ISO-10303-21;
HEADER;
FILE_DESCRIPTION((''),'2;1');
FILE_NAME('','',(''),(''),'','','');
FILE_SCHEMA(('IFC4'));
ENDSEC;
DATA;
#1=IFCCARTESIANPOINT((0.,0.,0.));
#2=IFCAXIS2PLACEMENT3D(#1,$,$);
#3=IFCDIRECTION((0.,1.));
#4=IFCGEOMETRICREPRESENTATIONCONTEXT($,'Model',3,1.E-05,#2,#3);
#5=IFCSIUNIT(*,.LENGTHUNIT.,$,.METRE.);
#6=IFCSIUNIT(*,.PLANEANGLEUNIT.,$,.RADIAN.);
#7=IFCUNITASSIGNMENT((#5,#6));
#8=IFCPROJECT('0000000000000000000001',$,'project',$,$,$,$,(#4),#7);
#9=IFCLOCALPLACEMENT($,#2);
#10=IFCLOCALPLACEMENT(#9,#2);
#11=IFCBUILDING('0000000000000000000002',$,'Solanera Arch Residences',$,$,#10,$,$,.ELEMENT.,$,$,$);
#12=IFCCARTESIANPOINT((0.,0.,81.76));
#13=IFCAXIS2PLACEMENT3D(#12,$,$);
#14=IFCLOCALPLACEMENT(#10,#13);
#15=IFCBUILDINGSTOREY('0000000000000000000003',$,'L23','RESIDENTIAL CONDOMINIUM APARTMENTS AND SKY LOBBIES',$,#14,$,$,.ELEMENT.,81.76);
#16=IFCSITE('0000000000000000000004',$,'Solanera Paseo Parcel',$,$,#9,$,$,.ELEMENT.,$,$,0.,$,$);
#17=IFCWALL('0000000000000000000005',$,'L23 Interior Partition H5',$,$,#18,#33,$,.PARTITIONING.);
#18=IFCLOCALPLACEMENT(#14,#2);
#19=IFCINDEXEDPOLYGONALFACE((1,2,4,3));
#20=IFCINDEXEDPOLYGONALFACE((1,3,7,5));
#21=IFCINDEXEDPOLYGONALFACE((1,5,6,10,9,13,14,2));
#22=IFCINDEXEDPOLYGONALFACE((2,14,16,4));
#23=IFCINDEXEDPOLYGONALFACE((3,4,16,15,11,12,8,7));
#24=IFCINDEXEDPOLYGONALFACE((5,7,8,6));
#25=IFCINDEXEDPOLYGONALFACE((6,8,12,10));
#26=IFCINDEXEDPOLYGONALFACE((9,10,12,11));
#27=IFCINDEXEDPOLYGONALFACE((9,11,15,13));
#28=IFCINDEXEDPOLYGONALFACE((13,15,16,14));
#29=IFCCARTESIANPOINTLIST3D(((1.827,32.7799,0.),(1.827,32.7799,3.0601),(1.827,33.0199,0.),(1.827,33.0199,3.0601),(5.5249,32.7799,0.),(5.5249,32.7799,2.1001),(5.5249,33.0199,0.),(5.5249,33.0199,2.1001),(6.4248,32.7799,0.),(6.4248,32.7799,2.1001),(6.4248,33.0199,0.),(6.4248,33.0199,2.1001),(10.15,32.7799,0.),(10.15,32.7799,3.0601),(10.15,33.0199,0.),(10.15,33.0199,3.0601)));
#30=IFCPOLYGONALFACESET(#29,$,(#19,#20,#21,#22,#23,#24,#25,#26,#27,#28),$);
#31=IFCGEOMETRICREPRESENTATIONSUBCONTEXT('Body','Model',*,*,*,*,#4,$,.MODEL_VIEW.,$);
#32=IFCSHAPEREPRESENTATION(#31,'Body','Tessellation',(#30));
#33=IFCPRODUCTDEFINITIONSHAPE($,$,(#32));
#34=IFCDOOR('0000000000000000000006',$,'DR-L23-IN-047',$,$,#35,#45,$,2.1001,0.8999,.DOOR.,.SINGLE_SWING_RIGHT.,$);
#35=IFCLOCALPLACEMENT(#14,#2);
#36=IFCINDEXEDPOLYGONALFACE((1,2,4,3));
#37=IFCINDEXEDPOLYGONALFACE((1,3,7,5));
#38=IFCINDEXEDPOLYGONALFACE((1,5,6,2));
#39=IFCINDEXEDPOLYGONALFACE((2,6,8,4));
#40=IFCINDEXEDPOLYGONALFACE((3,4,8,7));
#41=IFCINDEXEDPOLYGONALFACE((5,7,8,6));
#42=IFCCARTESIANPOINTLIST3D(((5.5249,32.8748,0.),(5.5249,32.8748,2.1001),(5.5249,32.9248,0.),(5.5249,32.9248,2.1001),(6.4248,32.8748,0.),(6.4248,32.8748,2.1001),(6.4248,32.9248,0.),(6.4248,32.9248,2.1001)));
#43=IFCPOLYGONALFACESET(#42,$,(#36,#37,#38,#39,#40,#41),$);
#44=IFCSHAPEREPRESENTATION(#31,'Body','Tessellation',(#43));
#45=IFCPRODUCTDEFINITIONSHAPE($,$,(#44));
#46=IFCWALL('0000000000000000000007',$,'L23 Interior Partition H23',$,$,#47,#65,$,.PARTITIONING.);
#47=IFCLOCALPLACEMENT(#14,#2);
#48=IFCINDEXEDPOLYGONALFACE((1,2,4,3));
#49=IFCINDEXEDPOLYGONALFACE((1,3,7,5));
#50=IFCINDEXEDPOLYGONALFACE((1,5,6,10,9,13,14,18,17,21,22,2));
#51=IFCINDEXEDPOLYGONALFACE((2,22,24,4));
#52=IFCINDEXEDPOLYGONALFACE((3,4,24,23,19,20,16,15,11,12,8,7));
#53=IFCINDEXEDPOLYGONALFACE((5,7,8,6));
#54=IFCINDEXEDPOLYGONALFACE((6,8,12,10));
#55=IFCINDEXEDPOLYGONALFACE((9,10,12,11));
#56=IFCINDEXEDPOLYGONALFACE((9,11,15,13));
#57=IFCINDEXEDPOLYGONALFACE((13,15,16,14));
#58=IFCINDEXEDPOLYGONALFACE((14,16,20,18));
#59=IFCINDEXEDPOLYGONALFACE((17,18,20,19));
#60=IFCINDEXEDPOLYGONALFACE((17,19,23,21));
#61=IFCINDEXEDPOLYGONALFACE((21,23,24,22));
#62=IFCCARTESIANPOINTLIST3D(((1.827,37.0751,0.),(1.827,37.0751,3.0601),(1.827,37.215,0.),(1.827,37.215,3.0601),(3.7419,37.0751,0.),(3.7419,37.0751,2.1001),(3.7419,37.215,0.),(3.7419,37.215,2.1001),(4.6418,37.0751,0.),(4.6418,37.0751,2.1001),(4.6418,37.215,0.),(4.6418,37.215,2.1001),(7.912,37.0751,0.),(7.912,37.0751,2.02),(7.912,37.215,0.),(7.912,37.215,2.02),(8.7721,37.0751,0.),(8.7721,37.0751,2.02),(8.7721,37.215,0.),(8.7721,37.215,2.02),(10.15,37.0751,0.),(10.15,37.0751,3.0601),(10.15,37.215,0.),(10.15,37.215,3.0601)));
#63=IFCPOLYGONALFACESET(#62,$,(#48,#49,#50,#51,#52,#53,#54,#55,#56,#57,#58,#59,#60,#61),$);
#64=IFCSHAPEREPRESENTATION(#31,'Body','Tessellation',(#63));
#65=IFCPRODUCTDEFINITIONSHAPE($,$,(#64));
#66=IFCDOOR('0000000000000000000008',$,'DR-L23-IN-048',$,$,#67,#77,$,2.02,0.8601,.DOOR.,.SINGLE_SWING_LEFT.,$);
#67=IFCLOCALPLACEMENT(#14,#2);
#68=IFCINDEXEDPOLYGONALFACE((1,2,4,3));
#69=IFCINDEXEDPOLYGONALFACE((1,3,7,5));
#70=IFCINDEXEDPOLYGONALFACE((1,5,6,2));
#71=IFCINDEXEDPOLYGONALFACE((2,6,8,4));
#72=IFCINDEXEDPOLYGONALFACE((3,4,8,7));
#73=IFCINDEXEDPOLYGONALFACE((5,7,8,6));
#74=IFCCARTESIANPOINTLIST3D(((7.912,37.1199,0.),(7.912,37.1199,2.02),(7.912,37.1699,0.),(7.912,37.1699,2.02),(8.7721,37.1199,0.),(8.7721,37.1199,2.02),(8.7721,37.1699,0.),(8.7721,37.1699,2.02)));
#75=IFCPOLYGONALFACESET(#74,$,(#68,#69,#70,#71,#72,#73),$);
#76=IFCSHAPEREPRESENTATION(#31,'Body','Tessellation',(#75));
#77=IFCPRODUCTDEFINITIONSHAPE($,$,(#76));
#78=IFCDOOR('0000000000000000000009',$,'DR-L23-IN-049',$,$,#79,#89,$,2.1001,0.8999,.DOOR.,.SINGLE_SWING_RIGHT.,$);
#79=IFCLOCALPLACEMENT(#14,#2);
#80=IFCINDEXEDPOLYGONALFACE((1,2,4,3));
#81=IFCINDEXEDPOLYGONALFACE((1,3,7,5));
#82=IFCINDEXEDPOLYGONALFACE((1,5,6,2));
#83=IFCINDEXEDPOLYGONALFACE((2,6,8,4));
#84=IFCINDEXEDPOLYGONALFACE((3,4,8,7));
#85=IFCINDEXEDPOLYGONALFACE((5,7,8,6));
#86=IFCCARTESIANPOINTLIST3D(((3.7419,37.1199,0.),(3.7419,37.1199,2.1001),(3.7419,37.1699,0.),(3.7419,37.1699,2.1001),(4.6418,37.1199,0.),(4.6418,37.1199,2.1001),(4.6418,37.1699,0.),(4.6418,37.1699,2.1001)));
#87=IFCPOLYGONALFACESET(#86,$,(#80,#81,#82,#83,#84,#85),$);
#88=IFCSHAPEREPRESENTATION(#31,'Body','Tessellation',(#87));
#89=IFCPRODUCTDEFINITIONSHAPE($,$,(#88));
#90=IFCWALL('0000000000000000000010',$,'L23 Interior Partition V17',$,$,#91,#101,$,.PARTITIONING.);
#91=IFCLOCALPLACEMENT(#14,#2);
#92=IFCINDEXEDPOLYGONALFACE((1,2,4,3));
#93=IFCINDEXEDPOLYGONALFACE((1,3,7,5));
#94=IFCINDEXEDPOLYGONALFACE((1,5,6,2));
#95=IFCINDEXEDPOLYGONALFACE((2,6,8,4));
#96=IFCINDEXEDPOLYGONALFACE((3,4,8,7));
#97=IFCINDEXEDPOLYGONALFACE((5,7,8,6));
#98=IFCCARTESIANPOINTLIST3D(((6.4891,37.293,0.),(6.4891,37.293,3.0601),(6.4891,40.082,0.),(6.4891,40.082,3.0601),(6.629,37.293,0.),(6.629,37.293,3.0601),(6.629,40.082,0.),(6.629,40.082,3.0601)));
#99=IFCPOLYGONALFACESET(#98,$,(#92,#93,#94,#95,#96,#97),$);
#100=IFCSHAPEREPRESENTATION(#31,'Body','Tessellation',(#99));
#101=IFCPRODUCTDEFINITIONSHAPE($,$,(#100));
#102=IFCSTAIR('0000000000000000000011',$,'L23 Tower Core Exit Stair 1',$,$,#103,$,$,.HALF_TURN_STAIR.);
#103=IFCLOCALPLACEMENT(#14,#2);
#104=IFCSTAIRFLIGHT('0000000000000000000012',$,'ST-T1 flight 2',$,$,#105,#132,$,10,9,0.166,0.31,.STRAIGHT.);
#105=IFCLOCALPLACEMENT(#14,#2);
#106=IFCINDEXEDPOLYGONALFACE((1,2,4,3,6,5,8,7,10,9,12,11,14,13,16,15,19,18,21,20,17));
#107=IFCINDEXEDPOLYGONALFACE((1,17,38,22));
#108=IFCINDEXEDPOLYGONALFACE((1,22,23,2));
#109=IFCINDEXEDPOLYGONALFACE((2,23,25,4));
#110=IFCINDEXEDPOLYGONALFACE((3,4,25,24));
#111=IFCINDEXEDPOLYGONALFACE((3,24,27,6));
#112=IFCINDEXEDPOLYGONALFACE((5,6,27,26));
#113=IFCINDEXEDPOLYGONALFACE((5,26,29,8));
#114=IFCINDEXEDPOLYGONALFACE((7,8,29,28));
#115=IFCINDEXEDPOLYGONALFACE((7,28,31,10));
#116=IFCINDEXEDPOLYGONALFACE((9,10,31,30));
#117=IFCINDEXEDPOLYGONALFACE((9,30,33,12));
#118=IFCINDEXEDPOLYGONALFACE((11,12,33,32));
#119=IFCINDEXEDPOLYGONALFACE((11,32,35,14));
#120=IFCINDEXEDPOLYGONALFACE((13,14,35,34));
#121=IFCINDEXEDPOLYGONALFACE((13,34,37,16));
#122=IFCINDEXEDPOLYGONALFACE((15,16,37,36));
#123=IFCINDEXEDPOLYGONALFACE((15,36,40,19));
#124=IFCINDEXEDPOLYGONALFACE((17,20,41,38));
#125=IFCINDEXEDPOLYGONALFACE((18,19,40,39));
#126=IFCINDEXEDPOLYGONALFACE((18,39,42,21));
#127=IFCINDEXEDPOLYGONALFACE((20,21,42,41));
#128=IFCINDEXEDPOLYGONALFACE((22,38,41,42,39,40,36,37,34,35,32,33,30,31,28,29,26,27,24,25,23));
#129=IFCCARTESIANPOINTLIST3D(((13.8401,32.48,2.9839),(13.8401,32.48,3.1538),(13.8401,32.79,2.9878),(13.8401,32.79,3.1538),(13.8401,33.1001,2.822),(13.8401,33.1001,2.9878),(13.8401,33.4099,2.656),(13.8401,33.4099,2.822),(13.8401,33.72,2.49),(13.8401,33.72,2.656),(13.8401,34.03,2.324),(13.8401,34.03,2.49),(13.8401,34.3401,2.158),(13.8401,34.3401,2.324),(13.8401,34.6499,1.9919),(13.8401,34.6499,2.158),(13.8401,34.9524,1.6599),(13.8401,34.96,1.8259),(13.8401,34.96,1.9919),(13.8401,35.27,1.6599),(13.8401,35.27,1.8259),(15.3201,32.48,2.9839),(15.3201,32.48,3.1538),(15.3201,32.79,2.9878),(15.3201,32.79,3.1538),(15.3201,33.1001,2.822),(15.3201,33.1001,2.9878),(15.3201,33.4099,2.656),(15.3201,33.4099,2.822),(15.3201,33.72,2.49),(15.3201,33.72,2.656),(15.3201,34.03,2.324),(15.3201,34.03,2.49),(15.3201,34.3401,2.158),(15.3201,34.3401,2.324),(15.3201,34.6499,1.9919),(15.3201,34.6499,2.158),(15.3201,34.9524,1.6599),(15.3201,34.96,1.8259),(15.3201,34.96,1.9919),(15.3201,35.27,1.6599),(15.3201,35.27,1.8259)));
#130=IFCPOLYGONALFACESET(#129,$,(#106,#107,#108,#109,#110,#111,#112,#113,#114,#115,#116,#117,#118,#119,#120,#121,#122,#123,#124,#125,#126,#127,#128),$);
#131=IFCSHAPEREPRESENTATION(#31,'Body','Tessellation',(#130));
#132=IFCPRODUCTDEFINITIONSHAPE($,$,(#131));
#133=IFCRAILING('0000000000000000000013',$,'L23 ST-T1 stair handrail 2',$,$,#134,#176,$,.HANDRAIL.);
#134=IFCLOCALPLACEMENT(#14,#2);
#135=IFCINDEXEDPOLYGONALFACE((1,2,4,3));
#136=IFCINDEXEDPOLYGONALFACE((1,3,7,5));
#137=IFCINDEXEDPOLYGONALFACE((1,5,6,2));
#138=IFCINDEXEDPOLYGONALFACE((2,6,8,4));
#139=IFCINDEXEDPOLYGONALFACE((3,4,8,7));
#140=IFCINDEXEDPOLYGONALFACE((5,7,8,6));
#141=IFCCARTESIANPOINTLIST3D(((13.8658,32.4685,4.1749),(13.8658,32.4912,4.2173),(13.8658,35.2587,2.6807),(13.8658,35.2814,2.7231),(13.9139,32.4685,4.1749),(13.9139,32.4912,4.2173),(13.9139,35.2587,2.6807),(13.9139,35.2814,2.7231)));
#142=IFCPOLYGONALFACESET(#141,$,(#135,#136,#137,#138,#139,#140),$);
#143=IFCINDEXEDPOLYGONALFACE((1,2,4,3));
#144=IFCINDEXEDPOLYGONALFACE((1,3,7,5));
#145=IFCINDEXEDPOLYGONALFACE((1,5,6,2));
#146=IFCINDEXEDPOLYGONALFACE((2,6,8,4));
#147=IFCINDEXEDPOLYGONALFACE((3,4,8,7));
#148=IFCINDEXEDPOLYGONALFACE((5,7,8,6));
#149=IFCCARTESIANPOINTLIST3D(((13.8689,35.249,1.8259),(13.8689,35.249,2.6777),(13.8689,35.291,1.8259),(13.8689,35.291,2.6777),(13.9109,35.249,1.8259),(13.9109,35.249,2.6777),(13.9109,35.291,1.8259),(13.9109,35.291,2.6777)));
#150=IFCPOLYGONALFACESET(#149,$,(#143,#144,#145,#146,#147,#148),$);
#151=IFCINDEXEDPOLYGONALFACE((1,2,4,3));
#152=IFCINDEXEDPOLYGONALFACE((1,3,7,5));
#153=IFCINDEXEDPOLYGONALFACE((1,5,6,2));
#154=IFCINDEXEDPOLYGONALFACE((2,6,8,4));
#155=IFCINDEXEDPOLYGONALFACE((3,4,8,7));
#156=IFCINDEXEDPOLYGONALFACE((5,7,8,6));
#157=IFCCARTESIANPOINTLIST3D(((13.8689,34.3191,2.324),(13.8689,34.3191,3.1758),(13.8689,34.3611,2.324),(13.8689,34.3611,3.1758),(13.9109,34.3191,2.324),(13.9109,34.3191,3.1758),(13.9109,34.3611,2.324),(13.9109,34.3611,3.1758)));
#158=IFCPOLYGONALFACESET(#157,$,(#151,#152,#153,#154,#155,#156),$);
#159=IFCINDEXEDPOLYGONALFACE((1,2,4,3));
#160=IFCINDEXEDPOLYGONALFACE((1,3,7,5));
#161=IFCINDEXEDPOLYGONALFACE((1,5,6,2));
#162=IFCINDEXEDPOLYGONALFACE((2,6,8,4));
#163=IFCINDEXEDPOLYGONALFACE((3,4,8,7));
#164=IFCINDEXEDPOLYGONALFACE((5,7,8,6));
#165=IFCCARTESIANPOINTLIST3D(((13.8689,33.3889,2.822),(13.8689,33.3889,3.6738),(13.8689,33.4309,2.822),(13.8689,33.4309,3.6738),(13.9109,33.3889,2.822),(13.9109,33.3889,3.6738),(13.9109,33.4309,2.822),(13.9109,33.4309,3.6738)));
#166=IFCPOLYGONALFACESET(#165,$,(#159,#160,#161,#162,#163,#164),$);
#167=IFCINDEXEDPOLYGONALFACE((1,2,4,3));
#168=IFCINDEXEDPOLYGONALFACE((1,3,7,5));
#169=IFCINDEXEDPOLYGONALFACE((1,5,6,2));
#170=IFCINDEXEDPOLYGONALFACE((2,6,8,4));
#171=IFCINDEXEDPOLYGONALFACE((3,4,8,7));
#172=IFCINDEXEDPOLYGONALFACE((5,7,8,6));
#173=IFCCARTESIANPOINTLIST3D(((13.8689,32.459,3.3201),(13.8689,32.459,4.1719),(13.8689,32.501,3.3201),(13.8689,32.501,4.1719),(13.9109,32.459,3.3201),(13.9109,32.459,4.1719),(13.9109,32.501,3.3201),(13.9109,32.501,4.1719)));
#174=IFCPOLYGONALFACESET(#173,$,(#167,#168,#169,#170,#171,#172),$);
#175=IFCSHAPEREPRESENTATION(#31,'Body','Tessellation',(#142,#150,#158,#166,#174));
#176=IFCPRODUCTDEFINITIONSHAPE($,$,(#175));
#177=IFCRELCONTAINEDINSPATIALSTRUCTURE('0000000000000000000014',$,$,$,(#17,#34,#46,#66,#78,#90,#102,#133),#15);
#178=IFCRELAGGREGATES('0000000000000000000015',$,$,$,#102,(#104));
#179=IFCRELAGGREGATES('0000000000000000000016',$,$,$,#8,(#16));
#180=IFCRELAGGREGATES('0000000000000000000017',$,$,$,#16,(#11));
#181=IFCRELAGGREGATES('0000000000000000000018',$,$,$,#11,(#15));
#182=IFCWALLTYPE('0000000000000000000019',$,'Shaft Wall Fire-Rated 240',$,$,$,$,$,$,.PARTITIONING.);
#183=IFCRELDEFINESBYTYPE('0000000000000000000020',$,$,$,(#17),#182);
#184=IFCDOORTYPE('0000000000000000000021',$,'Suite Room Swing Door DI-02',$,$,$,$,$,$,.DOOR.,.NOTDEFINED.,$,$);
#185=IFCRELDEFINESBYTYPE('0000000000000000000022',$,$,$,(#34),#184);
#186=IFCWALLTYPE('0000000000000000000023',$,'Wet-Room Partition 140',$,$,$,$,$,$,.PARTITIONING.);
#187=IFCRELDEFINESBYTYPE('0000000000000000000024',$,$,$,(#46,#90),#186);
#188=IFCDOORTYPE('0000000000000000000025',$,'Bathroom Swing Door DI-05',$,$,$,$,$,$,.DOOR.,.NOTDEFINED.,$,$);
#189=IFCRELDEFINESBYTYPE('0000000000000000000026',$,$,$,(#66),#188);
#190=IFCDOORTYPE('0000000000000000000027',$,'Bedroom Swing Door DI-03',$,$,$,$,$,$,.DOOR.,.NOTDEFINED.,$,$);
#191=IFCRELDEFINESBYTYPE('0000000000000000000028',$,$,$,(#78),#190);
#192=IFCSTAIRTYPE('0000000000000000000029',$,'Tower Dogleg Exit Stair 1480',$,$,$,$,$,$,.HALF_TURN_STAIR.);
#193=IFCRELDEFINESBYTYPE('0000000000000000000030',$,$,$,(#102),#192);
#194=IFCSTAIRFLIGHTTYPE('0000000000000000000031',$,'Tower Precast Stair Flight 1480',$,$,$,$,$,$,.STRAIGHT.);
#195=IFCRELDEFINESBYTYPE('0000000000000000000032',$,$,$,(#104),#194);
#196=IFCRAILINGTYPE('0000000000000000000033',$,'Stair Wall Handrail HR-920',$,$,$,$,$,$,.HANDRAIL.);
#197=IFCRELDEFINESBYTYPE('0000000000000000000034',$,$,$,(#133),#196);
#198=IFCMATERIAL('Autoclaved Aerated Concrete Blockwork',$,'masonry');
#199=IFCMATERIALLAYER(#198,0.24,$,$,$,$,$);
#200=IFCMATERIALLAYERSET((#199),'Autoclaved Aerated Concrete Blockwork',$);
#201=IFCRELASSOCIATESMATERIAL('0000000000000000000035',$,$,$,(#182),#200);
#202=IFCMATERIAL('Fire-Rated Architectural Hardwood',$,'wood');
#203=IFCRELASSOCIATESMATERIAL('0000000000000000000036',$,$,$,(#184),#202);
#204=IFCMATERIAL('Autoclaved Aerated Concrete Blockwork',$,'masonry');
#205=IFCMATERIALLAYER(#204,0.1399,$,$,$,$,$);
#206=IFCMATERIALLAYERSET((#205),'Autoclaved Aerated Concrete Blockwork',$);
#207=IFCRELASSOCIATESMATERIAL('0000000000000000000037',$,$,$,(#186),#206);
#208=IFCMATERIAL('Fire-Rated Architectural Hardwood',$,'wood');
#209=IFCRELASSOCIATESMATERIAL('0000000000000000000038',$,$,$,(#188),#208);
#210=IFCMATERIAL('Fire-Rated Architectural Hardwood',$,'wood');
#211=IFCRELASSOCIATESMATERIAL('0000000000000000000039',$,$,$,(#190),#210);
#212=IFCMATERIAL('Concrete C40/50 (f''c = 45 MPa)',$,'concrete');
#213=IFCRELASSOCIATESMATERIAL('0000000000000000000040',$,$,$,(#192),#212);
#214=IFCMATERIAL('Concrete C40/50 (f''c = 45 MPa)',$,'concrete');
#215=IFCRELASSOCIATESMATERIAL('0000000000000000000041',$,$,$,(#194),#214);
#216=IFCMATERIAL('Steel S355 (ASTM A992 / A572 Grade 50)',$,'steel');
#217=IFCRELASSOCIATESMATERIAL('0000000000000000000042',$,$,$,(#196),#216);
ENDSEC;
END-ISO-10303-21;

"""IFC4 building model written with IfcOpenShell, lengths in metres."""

from ifc_helpers import new_model, si_unit, direction, frame, frame_2d, origin, origin_2d, place, context, subcontext, project, spatial, polyline, rectangle, outline, extrude, material, layer, layer_set, type_object, element, fill, aggregate, save


model = new_model("IFC4")

# Units and contexts
model_context = context("Model", 3, precision=1e-05, world=origin(), true_north=direction((0.0, 1.0)))
body_context = subcontext(model_context, "Body", "Model", "MODEL_VIEW")
ifc_project = project(units=[si_unit("LENGTHUNIT", "METRE"), si_unit("PLANEANGLEUNIT", "RADIAN")], contexts=[model_context])

# Site, building, storey
site_placement = place(None, origin())
site = spatial("IfcSite", under=ifc_project, at=site_placement, Name="Solanera Paseo Parcel", CompositionType="ELEMENT", RefElevation=0.0)
building_placement = place(site_placement, origin())
building = spatial("IfcBuilding", under=site, at=building_placement, Name="Solanera Arch Residences", CompositionType="ELEMENT")
storey_placement = place(building_placement, frame((0.0, 0.0, 81.76)))
storey = spatial("IfcBuildingStorey", under=building, at=storey_placement, Name="L23", Description="RESIDENTIAL CONDOMINIUM APARTMENTS AND SKY LOBBIES", CompositionType="ELEMENT", Elevation=81.76)

# Wall, opening, door
ifc_material_1 = material(Name="Autoclaved Aerated Concrete Blockwork", Category="masonry")
ifc_layer_1 = layer(ifc_material_1, 0.24)
ifc_layer_set_1 = layer_set([ifc_layer_1], Name="Autoclaved Aerated Concrete Blockwork")
wall_type_1 = type_object("IfcWallType", Name="Shaft Wall Fire-Rated 240", PredefinedType="PARTITIONING", material=ifc_layer_set_1)
wall_1_placement = place(storey_placement, frame((1.8269, 32.8999, 0.0), z_axis=(0.0, 0.0, 1.0), x_axis=(1.0, 0.0, 0.0)))
wall_1 = element("IfcWall", 1, at=wall_1_placement, inside=storey, type_object=wall_type_1, Name="L23 Interior Partition H5", PredefinedType="PARTITIONING", context=body_context, shape_type="SweptSolid", body=[
    extrude(rectangle(XDim=8.323, YDim=0.24, at=frame_2d((4.1616, 0.0))), origin(), (0.0, 0.0, 1.0), 3.0601),
])
opening_1_placement = place(wall_1_placement, frame((3.698, 0.0, 0.0)))
opening_1 = element("IfcOpeningElement", 2, at=opening_1_placement, cuts=wall_1, PredefinedType="OPENING", context=body_context, shape_type="SweptSolid", body=[
    extrude(rectangle(XDim=0.8999, YDim=2.1001, at=frame_2d((0.45, 1.05))), frame((0.0, 0.1299, 0.0), z_axis=(0.0, -1.0, 0.0), x_axis=(1.0, 0.0, 0.0)), (0.0, 0.0, 1.0), 0.26),
])
ifc_material_2 = material(Name="Fire-Rated Architectural Hardwood", Category="wood")
door_type_1 = type_object("IfcDoorType", Name="Suite Room Swing Door DI-02", OperationType="NOTDEFINED", PredefinedType="DOOR", material=ifc_material_2)
door_1_placement = place(opening_1_placement, origin())
door_1 = element("IfcDoor", 3, at=door_1_placement, inside=storey, type_object=door_type_1, Name="DR-L23-IN-047", OperationType="SINGLE_SWING_RIGHT", OverallHeight=2.1001, OverallWidth=0.8999, PredefinedType="DOOR", context=body_context, shape_type="SweptSolid", body=[
    extrude(rectangle(XDim=0.8999, YDim=2.1001, at=frame_2d((0.45, 1.05))), frame((0.0, 0.0249, 0.0), z_axis=(0.0, -1.0, 0.0), x_axis=(1.0, 0.0, 0.0)), (0.0, 0.0, 1.0), 0.05),
])
fill(opening_1, door_1)

# Wall, openings, doors
ifc_material_3 = material(Name="Autoclaved Aerated Concrete Blockwork", Category="masonry")
ifc_layer_2 = layer(ifc_material_3, 0.1399)
ifc_layer_set_2 = layer_set([ifc_layer_2], Name="Autoclaved Aerated Concrete Blockwork")
wall_type_2 = type_object("IfcWallType", Name="Wet-Room Partition 140", PredefinedType="PARTITIONING", material=ifc_layer_set_2)
wall_2_placement = place(storey_placement, frame((1.8269, 37.145, 0.0), z_axis=(0.0, 0.0, 1.0), x_axis=(1.0, 0.0, 0.0)))
wall_2 = element("IfcWall", 4, at=wall_2_placement, inside=storey, type_object=wall_type_2, Name="L23 Interior Partition H23", PredefinedType="PARTITIONING", context=body_context, shape_type="SweptSolid", body=[
    extrude(rectangle(XDim=8.323, YDim=0.1399, at=frame_2d((4.1616, 0.0))), origin(), (0.0, 0.0, 1.0), 3.0601),
])
opening_2_placement = place(wall_2_placement, frame((6.085, 0.0, 0.0)))
opening_2 = element("IfcOpeningElement", 5, at=opening_2_placement, cuts=wall_2, PredefinedType="OPENING", context=body_context, shape_type="SweptSolid", body=[
    extrude(rectangle(XDim=0.8601, YDim=2.02, at=frame_2d((0.4302, 1.01))), frame((0.0, 0.0798, 0.0), z_axis=(0.0, -1.0, 0.0), x_axis=(1.0, 0.0, 0.0)), (0.0, 0.0, 1.0), 0.1599),
])
opening_3_placement = place(wall_2_placement, frame((1.915, 0.0, 0.0)))
opening_3 = element("IfcOpeningElement", 6, at=opening_3_placement, cuts=wall_2, PredefinedType="OPENING", context=body_context, shape_type="SweptSolid", body=[
    extrude(rectangle(XDim=0.8999, YDim=2.1001, at=frame_2d((0.45, 1.05))), frame((0.0, 0.0798, 0.0), z_axis=(0.0, -1.0, 0.0), x_axis=(1.0, 0.0, 0.0)), (0.0, 0.0, 1.0), 0.1599),
])
ifc_material_4 = material(Name="Fire-Rated Architectural Hardwood", Category="wood")
door_type_2 = type_object("IfcDoorType", Name="Bathroom Swing Door DI-05", OperationType="NOTDEFINED", PredefinedType="DOOR", material=ifc_material_4)
door_2_placement = place(opening_2_placement, origin())
door_2 = element("IfcDoor", 7, at=door_2_placement, inside=storey, type_object=door_type_2, Name="DR-L23-IN-048", OperationType="SINGLE_SWING_LEFT", OverallHeight=2.02, OverallWidth=0.8601, PredefinedType="DOOR", context=body_context, shape_type="SweptSolid", body=[
    extrude(rectangle(XDim=0.8601, YDim=2.02, at=frame_2d((0.4302, 1.01))), frame((0.0, 0.0249, 0.0), z_axis=(0.0, -1.0, 0.0), x_axis=(1.0, 0.0, 0.0)), (0.0, 0.0, 1.0), 0.05),
])
fill(opening_2, door_2)
ifc_material_5 = material(Name="Fire-Rated Architectural Hardwood", Category="wood")
door_type_3 = type_object("IfcDoorType", Name="Bedroom Swing Door DI-03", OperationType="NOTDEFINED", PredefinedType="DOOR", material=ifc_material_5)
door_3_placement = place(opening_3_placement, origin())
door_3 = element("IfcDoor", 8, at=door_3_placement, inside=storey, type_object=door_type_3, Name="DR-L23-IN-049", OperationType="SINGLE_SWING_RIGHT", OverallHeight=2.1001, OverallWidth=0.8999, PredefinedType="DOOR", context=body_context, shape_type="SweptSolid", body=[
    extrude(rectangle(XDim=0.8999, YDim=2.1001, at=frame_2d((0.45, 1.05))), frame((0.0, 0.0249, 0.0), z_axis=(0.0, -1.0, 0.0), x_axis=(1.0, 0.0, 0.0)), (0.0, 0.0, 1.0), 0.05),
])
fill(opening_3, door_3)

# Wall
wall_3_placement = place(storey_placement, frame((6.5591, 37.293, 0.0), z_axis=(0.0, 0.0, 1.0), x_axis=(0.0, 1.0, 0.0)))
element("IfcWall", 9, at=wall_3_placement, inside=storey, type_object=wall_type_2, Name="L23 Interior Partition V17", PredefinedType="PARTITIONING", context=body_context, shape_type="SweptSolid", body=[
    extrude(rectangle(XDim=2.7891, YDim=0.1399, at=frame_2d((1.3945, 0.0))), origin(), (0.0, 0.0, 1.0), 3.0601),
])

# Stair, stair flight
ifc_material_6 = material(Name="Concrete C40/50 (f'c = 45 MPa)", Category="concrete")
stair_type = type_object("IfcStairType", Name="Tower Dogleg Exit Stair 1480", PredefinedType="HALF_TURN_STAIR", material=ifc_material_6)
stair_placement = place(storey_placement, origin())
stair = element("IfcStair", 10, at=stair_placement, inside=storey, type_object=stair_type, Name="L23 Tower Core Exit Stair 1", PredefinedType="HALF_TURN_STAIR")
ifc_material_7 = material(Name="Concrete C40/50 (f'c = 45 MPa)", Category="concrete")
stair_flight_type = type_object("IfcStairFlightType", Name="Tower Precast Stair Flight 1480", PredefinedType="STRAIGHT", material=ifc_material_7)
stair_flight_placement = place(storey_placement, frame((14.5801, 35.27, 1.6599), z_axis=(0.0, 0.0, 1.0), x_axis=(0.0, -1.0, 0.0)))
stair_flight = element("IfcStairFlight", 11, at=stair_flight_placement, type_object=stair_flight_type, Name="ST-T1 flight 2", NumberOfRisers=10, NumberOfTreads=9, PredefinedType="STRAIGHT", RiserHeight=0.166, TreadLength=0.31, context=body_context, shape_type="SweptSolid", body=[
    extrude(outline(polyline([(0.0, 0.0), (0.0, 0.166), (0.3101, 0.166), (0.3101, 0.332), (0.6201, 0.332), (0.6201, 0.498), (0.9299, 0.498), (0.9299, 0.6641), (1.24, 0.6641), (1.24, 0.8301), (1.55, 0.8301), (1.55, 0.9961), (1.8601, 0.9961), (1.8601, 1.1621), (2.1699, 1.1621), (2.1699, 1.3279), (2.48, 1.3279), (2.48, 1.4939), (2.79, 1.4939), (2.79, 1.6599), (2.79, 1.324), (0.3176, 0.0), (0.0, 0.0)])), frame((0.0, 0.74, 0.0), z_axis=(0.0, -1.0, 0.0), x_axis=(1.0, 0.0, 0.0)), (0.0, 0.0, 1.0), 1.48),
])
aggregate(stair, [stair_flight])

# Railing
ifc_material_8 = material(Name="Steel S355 (ASTM A992 / A572 Grade 50)", Category="steel")
railing_type = type_object("IfcRailingType", Name="Stair Wall Handrail HR-920", PredefinedType="HANDRAIL", material=ifc_material_8)
railing_placement = place(storey_placement, frame((13.8899, 35.27, 1.8259)))
element("IfcRailing", 12, at=railing_placement, inside=storey, type_object=railing_type, Name="L23 ST-T1 stair handrail 2", PredefinedType="HANDRAIL", context=body_context, shape_type="SweptSolid", body=[
    extrude(rectangle(XDim=0.0481, YDim=0.0481, at=origin_2d()), frame((0.0, 0.0, 0.876), z_axis=(0.0, -0.881549, 0.472093), x_axis=(1.0, 0.0, 0.0)), (0.0, 0.0, 1.0), 3.165),
    extrude(rectangle(XDim=0.042, YDim=0.042, at=origin_2d()), origin(), (0.0, 0.0, 1.0), 0.8518),
    extrude(rectangle(XDim=0.042, YDim=0.042, at=origin_2d()), frame((0.0, -0.9299, 0.498)), (0.0, 0.0, 1.0), 0.8518),
    extrude(rectangle(XDim=0.042, YDim=0.042, at=origin_2d()), frame((0.0, -1.8601, 0.9961)), (0.0, 0.0, 1.0), 0.8518),
    extrude(rectangle(XDim=0.042, YDim=0.042, at=origin_2d()), frame((0.0, -2.79, 1.4941)), (0.0, 0.0, 1.0), 0.8518),
])

save(model, "model.ifc")
